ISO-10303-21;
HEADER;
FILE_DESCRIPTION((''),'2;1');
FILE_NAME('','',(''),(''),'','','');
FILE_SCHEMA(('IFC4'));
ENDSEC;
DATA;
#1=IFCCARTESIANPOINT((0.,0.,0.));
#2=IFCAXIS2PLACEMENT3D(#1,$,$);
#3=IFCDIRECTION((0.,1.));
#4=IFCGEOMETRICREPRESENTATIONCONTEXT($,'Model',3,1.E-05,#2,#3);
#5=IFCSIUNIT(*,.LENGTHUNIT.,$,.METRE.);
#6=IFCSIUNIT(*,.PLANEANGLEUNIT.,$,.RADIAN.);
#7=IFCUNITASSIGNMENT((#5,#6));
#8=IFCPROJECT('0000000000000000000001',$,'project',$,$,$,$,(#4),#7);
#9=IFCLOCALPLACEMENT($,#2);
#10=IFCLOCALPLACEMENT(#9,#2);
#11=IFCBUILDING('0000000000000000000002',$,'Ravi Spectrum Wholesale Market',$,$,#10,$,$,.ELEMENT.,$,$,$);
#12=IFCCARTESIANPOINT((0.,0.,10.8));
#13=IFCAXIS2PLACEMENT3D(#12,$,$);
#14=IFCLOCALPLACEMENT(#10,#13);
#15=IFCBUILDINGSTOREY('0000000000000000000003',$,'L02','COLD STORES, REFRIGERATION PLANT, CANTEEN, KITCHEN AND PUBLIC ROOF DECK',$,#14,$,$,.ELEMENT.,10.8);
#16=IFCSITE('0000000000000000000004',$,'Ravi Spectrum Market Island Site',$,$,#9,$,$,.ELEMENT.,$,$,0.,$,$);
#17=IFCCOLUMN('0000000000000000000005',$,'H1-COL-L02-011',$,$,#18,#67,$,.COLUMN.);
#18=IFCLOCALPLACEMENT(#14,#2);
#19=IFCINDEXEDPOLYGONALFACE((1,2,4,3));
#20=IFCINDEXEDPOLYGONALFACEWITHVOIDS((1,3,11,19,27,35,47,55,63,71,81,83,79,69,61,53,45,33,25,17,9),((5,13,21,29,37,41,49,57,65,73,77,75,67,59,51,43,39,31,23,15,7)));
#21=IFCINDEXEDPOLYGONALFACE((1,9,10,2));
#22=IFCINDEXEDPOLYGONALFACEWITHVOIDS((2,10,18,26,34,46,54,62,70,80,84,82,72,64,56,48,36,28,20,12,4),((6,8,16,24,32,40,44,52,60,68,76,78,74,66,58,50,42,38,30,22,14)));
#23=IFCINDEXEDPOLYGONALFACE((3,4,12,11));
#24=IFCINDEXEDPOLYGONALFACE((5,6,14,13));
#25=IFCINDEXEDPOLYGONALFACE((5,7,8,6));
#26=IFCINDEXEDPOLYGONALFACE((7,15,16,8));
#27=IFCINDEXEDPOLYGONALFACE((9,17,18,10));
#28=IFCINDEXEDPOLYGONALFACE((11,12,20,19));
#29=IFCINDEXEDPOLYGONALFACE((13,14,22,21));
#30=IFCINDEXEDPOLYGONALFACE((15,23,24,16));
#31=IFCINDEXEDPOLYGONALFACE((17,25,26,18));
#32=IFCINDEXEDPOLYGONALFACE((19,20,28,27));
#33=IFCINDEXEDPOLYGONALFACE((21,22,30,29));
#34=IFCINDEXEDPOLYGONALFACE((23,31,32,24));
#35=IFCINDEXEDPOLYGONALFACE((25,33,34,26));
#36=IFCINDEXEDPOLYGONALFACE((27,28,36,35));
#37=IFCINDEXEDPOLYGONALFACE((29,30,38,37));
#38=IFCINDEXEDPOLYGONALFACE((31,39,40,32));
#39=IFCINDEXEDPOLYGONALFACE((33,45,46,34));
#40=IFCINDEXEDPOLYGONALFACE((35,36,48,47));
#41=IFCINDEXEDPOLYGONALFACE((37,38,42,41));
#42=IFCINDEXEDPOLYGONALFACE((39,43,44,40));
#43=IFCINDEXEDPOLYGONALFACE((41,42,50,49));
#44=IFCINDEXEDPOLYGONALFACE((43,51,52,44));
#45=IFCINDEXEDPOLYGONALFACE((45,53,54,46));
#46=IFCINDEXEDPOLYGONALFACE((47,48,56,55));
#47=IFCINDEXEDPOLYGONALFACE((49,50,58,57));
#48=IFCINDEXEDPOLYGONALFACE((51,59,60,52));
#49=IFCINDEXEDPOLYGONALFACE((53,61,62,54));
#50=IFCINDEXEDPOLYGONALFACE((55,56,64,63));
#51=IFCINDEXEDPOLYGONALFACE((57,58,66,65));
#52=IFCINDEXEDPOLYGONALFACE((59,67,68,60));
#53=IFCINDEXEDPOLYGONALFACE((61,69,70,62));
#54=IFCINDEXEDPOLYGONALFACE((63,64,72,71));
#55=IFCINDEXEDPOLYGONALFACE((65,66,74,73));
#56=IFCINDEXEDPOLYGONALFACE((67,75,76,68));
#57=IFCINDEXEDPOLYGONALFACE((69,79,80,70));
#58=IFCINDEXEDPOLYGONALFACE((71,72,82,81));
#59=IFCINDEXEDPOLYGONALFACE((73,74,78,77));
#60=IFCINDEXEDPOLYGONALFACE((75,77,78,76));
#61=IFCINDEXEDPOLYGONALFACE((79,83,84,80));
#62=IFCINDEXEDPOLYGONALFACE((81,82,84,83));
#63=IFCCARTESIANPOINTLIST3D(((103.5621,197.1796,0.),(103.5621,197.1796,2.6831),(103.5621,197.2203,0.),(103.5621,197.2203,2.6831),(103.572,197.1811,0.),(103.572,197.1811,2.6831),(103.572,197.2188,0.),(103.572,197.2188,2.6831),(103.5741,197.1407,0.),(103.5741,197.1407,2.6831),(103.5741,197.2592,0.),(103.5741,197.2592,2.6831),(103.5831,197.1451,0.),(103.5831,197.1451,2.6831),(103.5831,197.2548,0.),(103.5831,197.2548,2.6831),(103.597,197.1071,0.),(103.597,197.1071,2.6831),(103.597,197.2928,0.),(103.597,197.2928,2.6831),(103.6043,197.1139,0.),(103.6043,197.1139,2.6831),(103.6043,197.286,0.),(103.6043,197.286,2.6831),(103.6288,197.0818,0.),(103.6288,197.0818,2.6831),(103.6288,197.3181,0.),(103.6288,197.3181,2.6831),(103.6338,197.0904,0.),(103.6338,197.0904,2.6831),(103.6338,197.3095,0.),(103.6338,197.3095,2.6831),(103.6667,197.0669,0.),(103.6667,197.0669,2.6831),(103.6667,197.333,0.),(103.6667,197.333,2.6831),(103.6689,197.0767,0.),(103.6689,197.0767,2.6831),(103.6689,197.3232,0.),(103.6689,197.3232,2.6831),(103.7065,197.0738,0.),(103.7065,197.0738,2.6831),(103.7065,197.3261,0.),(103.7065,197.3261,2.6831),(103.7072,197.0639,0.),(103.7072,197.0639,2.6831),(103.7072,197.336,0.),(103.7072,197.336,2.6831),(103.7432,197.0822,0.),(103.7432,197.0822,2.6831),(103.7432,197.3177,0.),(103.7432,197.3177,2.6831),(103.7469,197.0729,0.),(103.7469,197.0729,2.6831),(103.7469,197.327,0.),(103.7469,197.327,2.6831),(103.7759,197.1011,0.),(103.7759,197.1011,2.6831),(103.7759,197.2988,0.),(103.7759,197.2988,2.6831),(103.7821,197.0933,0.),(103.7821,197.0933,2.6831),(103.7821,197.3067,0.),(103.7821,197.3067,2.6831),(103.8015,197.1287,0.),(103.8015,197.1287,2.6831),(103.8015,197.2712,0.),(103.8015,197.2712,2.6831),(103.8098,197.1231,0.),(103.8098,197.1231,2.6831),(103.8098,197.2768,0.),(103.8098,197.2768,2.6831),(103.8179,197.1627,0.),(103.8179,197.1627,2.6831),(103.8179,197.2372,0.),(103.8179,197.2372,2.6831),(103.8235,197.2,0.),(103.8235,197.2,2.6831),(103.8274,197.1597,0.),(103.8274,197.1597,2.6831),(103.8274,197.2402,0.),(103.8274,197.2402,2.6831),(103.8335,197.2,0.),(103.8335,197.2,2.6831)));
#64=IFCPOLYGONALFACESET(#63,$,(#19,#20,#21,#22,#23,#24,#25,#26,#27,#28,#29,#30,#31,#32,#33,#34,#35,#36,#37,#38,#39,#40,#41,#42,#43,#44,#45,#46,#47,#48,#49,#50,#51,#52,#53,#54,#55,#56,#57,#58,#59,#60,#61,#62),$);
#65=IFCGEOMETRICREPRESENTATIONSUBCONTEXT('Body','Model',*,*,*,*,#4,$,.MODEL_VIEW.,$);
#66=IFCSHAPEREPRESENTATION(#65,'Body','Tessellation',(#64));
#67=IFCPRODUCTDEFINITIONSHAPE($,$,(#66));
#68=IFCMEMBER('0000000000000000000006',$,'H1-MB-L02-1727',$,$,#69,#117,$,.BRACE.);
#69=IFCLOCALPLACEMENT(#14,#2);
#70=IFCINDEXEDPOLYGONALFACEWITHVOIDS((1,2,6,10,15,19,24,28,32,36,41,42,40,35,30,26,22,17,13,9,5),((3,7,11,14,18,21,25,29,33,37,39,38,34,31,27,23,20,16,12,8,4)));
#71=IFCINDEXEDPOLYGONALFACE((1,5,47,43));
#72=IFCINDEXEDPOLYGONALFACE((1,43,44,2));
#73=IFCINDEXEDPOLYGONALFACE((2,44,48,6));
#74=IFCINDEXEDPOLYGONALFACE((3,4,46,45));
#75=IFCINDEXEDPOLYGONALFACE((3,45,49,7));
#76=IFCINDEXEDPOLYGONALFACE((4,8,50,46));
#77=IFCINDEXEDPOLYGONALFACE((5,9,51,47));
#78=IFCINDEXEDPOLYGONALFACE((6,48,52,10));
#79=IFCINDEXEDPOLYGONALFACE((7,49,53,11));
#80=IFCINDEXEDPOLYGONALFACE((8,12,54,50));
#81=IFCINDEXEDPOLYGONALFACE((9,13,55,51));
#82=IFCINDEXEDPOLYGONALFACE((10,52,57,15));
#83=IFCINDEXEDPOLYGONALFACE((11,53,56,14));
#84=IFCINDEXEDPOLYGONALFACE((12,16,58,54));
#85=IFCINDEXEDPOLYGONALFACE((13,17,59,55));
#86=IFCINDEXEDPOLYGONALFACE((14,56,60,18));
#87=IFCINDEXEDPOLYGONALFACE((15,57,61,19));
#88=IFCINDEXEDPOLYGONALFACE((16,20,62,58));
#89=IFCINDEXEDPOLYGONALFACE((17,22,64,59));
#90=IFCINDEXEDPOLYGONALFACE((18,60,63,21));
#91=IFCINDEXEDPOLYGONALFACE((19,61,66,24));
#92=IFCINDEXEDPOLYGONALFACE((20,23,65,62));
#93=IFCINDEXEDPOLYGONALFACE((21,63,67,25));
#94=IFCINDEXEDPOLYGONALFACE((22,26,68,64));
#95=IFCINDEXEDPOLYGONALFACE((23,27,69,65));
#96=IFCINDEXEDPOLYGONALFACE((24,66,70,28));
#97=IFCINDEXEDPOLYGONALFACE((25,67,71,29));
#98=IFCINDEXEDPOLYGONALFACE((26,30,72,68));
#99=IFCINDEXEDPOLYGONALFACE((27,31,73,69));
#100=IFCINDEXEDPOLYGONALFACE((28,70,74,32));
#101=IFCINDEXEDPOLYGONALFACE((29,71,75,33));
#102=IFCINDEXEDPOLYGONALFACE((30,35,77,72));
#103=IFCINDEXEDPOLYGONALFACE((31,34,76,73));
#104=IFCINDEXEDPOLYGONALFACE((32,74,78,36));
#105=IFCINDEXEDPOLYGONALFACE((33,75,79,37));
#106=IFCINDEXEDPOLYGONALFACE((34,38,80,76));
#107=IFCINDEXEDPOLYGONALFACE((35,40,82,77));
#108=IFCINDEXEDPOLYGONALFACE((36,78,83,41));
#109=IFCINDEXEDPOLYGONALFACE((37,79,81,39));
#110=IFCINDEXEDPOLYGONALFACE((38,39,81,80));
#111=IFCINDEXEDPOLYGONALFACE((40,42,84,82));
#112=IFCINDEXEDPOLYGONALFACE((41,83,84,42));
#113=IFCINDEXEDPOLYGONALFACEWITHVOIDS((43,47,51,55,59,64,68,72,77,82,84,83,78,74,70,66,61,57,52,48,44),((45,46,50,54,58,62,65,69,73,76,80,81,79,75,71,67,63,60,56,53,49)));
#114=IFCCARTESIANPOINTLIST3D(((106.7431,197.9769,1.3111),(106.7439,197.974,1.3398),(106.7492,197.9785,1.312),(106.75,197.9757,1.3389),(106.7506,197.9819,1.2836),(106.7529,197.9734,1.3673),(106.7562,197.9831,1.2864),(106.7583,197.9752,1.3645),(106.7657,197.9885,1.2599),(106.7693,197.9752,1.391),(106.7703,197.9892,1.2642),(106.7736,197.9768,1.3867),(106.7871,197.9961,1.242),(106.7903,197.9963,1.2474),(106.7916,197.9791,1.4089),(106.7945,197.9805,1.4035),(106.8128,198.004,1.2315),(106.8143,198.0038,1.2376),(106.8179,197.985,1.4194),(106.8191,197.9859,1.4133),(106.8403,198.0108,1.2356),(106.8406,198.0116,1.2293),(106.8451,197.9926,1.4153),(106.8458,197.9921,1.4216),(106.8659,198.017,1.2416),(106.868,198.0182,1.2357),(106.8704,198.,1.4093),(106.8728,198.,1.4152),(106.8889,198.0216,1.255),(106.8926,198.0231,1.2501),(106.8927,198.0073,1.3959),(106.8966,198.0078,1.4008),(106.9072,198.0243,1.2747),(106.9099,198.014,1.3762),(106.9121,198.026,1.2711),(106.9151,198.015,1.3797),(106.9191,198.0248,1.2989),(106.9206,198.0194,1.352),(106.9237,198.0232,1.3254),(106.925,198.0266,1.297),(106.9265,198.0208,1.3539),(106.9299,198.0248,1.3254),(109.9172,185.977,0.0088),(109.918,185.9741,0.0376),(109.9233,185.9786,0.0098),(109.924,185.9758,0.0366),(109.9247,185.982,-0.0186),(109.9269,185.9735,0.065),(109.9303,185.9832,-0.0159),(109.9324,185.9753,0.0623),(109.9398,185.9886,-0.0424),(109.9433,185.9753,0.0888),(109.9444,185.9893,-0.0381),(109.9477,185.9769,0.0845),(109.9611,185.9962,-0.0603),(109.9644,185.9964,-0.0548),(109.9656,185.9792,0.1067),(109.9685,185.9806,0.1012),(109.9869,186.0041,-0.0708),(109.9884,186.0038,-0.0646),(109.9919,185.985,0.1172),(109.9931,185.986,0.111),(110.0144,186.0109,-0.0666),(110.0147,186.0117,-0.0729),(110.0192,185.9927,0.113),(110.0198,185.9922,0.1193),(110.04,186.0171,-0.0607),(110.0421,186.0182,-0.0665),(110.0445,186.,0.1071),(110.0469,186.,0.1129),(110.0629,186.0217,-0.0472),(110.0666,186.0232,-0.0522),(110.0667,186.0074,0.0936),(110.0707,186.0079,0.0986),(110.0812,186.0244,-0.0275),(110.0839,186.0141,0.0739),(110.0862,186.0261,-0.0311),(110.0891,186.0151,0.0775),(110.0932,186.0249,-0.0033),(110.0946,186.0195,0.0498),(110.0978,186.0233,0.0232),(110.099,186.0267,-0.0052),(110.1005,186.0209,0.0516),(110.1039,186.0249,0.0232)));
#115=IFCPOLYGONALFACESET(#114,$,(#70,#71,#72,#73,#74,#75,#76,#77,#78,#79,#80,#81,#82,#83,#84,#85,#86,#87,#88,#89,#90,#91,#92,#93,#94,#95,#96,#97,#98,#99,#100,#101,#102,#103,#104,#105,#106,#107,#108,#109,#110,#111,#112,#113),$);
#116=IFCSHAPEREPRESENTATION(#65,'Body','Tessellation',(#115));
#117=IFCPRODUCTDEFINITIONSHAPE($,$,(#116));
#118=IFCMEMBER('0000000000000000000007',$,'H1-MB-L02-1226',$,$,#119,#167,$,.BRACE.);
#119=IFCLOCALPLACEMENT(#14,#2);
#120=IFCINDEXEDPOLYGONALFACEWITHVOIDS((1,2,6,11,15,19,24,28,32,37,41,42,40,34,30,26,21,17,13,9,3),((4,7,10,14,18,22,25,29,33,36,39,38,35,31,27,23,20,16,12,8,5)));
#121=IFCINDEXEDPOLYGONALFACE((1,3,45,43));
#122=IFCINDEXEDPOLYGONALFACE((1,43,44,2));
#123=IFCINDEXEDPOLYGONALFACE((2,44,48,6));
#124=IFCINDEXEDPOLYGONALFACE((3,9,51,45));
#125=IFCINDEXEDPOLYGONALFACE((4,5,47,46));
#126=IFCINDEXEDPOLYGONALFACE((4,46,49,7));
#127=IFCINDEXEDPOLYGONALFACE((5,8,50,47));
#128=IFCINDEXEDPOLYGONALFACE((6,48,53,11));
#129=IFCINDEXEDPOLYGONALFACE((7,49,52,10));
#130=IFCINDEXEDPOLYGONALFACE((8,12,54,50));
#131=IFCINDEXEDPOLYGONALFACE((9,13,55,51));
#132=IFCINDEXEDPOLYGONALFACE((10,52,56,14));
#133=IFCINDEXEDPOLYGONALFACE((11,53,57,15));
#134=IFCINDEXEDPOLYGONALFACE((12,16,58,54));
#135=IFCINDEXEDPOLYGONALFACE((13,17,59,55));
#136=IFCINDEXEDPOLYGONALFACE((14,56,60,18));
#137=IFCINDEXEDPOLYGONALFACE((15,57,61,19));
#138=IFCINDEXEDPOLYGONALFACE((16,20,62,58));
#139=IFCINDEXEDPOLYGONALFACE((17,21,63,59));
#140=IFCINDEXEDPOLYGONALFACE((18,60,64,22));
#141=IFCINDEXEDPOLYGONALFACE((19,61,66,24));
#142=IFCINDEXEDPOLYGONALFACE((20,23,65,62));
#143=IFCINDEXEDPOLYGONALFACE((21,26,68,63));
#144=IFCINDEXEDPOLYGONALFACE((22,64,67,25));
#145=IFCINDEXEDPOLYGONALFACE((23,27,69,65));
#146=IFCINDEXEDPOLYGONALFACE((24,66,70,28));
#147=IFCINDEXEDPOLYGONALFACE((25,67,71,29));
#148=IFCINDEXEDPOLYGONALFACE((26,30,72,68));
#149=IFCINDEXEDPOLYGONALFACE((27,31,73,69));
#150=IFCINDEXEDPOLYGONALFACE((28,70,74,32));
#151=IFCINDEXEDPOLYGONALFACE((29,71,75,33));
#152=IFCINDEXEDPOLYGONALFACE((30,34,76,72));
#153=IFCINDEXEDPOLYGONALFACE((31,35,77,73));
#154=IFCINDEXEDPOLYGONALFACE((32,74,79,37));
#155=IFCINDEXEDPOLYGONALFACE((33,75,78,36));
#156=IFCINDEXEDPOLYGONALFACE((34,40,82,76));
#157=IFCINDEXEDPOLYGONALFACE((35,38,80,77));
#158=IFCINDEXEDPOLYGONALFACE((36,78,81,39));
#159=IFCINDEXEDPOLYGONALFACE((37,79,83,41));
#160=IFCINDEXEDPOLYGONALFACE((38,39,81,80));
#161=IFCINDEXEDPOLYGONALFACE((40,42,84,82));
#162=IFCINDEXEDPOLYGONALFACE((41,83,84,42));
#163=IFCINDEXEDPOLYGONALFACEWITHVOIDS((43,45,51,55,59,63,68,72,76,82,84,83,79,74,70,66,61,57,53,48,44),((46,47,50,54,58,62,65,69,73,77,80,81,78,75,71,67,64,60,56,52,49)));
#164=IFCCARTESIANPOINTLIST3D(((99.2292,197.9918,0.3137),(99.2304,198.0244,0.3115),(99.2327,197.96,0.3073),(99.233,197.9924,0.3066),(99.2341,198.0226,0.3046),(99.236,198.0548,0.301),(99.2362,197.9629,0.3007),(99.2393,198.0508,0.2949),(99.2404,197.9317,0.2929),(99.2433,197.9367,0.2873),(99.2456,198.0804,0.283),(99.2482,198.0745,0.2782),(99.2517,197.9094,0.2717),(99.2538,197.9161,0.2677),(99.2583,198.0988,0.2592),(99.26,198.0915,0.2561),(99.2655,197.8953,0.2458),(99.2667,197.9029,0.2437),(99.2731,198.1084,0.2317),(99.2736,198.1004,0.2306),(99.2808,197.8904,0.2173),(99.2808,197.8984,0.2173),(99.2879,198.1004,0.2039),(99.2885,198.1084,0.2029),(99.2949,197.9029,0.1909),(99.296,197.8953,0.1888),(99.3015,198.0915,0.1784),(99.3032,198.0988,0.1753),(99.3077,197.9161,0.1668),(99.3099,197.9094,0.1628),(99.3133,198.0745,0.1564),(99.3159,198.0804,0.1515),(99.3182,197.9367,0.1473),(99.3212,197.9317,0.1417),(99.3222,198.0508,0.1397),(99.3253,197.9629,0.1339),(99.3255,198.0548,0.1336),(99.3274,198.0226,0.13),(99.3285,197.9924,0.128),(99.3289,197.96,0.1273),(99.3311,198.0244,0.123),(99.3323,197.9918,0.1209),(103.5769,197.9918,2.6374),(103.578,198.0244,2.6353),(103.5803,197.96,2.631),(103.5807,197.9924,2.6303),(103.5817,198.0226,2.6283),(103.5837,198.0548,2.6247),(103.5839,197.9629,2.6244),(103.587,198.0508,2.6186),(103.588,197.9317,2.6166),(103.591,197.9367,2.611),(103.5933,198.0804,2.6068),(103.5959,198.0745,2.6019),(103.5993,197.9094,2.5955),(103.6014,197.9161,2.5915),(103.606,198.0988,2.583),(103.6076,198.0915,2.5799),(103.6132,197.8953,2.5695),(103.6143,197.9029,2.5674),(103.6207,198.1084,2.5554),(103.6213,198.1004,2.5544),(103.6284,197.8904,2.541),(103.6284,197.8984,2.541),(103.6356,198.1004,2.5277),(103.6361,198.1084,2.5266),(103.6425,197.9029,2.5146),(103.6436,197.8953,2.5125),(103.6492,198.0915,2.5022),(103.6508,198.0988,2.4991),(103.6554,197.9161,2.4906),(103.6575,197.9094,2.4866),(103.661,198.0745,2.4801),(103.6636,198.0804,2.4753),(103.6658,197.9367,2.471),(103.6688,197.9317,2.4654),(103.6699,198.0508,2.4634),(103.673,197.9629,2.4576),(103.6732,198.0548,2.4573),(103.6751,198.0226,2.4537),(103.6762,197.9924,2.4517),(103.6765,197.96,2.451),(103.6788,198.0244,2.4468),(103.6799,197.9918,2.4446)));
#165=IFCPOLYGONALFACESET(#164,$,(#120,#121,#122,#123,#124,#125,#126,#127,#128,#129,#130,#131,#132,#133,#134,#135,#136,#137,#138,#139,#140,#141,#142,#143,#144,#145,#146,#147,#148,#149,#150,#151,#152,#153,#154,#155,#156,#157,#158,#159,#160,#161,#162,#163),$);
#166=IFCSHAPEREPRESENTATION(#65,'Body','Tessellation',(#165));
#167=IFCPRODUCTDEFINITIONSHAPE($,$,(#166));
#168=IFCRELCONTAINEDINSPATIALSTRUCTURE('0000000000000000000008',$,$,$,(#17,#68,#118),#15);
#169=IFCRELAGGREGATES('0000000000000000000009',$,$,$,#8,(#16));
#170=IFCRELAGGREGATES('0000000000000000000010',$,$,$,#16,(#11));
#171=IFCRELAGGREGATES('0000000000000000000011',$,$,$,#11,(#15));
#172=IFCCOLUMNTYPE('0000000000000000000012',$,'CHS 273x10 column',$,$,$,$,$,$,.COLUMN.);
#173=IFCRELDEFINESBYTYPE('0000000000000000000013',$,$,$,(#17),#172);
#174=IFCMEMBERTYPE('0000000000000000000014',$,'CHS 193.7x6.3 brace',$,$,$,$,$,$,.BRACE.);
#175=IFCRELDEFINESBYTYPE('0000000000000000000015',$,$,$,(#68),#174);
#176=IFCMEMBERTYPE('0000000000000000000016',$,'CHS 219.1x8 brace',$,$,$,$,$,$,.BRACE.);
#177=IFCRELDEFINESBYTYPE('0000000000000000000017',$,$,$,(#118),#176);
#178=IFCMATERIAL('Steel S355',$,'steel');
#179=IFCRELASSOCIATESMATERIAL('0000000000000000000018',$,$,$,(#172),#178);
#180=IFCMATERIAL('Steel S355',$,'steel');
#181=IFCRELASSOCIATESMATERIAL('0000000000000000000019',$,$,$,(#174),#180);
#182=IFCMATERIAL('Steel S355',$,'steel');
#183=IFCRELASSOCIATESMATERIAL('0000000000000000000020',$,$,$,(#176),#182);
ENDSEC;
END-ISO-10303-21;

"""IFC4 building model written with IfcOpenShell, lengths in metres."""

from ifc_helpers import new_model, si_unit, direction, frame, origin, origin_2d, place, context, subcontext, project, spatial, hollow_circle, extrude, material, material_profile, profile_set, type_object, element, save


model = new_model("IFC4")

# Units and contexts
model_context = context("Model", 3, precision=1e-05, world=origin(), true_north=direction((0.0, 1.0)))
body_context = subcontext(model_context, "Body", "Model", "MODEL_VIEW")
ifc_project = project(units=[si_unit("LENGTHUNIT", "METRE"), si_unit("PLANEANGLEUNIT", "RADIAN")], contexts=[model_context])

# Site, building, storey
site_placement = place(None, origin())
site = spatial("IfcSite", under=ifc_project, at=site_placement, Name="Ravi Spectrum Market Island Site", CompositionType="ELEMENT", RefElevation=0.0)
building_placement = place(site_placement, origin())
building = spatial("IfcBuilding", under=site, at=building_placement, Name="Ravi Spectrum Wholesale Market", CompositionType="ELEMENT")
storey_placement = place(building_placement, frame((0.0, 0.0, 10.8)))
storey = spatial("IfcBuildingStorey", under=building, at=storey_placement, Name="L02", Description="COLD STORES, REFRIGERATION PLANT, CANTEEN, KITCHEN AND PUBLIC ROOF DECK", CompositionType="ELEMENT", Elevation=10.8)

# Column
ifc_material_1 = material(Name="Steel S355", Category="steel")
ifc_material_profile_1 = material_profile(ifc_material_1, hollow_circle(Radius=0.1365, WallThickness=0.01, at=origin_2d()))
ifc_profile_set_1 = profile_set([ifc_material_profile_1], Name="Steel S355")
column_type = type_object("IfcColumnType", Name="CHS 273x10 column", PredefinedType="COLUMN", material=ifc_profile_set_1)
column_placement = place(storey_placement, frame((103.697, 197.2, 0.0), z_axis=(0.0, 0.0, 1.0), x_axis=(1.0, 0.0, 0.0)))
element("IfcColumn", 1, at=column_placement, inside=storey, type_object=column_type, Name="H1-COL-L02-011", PredefinedType="COLUMN", context=body_context, shape_type="SweptSolid", body=[
    extrude(hollow_circle(Radius=0.1365, WallThickness=0.01, at=origin_2d()), origin(), (0.0, 0.0, 1.0), 2.6831),
])

# Members
ifc_material_2 = material(Name="Steel S355", Category="steel")
ifc_material_profile_2 = material_profile(ifc_material_2, hollow_circle(Radius=0.0969, WallThickness=0.0063, at=origin_2d()))
ifc_profile_set_2 = profile_set([ifc_material_profile_2], Name="Steel S355")
member_type_1 = type_object("IfcMemberType", Name="CHS 193.7x6.3 brace", PredefinedType="BRACE", material=ifc_profile_set_2)
member_1_placement = place(storey_placement, frame((106.8362, 198.0, 1.3254), z_axis=(0.254316, -0.961476, -0.10434), x_axis=(0.966753, 0.255712, 0.0)))
element("IfcMember", 2, at=member_1_placement, inside=storey, type_object=member_type_1, Name="H1-MB-L02-1727", PredefinedType="BRACE", context=body_context, shape_type="SweptSolid", body=[
    extrude(hollow_circle(Radius=0.0969, WallThickness=0.0063, at=origin_2d()), origin(), (0.0, 0.0, 1.0), 12.4807),
])
ifc_material_3 = material(Name="Steel S355", Category="steel")
ifc_material_profile_3 = material_profile(ifc_material_3, hollow_circle(Radius=0.1096, WallThickness=0.0081, at=origin_2d()))
ifc_profile_set_3 = profile_set([ifc_material_profile_3], Name="Steel S355")
member_type_2 = type_object("IfcMemberType", Name="CHS 219.1x8 brace", PredefinedType="BRACE", material=ifc_profile_set_3)
member_2_placement = place(storey_placement, frame((103.6284, 198.0, 2.541), z_axis=(-0.881933, 0.0, -0.471375), x_axis=(0.0, -1.0, 0.0)))
element("IfcMember", 3, at=member_2_placement, inside=storey, type_object=member_type_2, Name="H1-MB-L02-1226", PredefinedType="BRACE", context=body_context, shape_type="SweptSolid", body=[
    extrude(hollow_circle(Radius=0.1096, WallThickness=0.0081, at=origin_2d()), origin(), (0.0, 0.0, 1.0), 4.9297),
])

save(model, "model.ifc")
